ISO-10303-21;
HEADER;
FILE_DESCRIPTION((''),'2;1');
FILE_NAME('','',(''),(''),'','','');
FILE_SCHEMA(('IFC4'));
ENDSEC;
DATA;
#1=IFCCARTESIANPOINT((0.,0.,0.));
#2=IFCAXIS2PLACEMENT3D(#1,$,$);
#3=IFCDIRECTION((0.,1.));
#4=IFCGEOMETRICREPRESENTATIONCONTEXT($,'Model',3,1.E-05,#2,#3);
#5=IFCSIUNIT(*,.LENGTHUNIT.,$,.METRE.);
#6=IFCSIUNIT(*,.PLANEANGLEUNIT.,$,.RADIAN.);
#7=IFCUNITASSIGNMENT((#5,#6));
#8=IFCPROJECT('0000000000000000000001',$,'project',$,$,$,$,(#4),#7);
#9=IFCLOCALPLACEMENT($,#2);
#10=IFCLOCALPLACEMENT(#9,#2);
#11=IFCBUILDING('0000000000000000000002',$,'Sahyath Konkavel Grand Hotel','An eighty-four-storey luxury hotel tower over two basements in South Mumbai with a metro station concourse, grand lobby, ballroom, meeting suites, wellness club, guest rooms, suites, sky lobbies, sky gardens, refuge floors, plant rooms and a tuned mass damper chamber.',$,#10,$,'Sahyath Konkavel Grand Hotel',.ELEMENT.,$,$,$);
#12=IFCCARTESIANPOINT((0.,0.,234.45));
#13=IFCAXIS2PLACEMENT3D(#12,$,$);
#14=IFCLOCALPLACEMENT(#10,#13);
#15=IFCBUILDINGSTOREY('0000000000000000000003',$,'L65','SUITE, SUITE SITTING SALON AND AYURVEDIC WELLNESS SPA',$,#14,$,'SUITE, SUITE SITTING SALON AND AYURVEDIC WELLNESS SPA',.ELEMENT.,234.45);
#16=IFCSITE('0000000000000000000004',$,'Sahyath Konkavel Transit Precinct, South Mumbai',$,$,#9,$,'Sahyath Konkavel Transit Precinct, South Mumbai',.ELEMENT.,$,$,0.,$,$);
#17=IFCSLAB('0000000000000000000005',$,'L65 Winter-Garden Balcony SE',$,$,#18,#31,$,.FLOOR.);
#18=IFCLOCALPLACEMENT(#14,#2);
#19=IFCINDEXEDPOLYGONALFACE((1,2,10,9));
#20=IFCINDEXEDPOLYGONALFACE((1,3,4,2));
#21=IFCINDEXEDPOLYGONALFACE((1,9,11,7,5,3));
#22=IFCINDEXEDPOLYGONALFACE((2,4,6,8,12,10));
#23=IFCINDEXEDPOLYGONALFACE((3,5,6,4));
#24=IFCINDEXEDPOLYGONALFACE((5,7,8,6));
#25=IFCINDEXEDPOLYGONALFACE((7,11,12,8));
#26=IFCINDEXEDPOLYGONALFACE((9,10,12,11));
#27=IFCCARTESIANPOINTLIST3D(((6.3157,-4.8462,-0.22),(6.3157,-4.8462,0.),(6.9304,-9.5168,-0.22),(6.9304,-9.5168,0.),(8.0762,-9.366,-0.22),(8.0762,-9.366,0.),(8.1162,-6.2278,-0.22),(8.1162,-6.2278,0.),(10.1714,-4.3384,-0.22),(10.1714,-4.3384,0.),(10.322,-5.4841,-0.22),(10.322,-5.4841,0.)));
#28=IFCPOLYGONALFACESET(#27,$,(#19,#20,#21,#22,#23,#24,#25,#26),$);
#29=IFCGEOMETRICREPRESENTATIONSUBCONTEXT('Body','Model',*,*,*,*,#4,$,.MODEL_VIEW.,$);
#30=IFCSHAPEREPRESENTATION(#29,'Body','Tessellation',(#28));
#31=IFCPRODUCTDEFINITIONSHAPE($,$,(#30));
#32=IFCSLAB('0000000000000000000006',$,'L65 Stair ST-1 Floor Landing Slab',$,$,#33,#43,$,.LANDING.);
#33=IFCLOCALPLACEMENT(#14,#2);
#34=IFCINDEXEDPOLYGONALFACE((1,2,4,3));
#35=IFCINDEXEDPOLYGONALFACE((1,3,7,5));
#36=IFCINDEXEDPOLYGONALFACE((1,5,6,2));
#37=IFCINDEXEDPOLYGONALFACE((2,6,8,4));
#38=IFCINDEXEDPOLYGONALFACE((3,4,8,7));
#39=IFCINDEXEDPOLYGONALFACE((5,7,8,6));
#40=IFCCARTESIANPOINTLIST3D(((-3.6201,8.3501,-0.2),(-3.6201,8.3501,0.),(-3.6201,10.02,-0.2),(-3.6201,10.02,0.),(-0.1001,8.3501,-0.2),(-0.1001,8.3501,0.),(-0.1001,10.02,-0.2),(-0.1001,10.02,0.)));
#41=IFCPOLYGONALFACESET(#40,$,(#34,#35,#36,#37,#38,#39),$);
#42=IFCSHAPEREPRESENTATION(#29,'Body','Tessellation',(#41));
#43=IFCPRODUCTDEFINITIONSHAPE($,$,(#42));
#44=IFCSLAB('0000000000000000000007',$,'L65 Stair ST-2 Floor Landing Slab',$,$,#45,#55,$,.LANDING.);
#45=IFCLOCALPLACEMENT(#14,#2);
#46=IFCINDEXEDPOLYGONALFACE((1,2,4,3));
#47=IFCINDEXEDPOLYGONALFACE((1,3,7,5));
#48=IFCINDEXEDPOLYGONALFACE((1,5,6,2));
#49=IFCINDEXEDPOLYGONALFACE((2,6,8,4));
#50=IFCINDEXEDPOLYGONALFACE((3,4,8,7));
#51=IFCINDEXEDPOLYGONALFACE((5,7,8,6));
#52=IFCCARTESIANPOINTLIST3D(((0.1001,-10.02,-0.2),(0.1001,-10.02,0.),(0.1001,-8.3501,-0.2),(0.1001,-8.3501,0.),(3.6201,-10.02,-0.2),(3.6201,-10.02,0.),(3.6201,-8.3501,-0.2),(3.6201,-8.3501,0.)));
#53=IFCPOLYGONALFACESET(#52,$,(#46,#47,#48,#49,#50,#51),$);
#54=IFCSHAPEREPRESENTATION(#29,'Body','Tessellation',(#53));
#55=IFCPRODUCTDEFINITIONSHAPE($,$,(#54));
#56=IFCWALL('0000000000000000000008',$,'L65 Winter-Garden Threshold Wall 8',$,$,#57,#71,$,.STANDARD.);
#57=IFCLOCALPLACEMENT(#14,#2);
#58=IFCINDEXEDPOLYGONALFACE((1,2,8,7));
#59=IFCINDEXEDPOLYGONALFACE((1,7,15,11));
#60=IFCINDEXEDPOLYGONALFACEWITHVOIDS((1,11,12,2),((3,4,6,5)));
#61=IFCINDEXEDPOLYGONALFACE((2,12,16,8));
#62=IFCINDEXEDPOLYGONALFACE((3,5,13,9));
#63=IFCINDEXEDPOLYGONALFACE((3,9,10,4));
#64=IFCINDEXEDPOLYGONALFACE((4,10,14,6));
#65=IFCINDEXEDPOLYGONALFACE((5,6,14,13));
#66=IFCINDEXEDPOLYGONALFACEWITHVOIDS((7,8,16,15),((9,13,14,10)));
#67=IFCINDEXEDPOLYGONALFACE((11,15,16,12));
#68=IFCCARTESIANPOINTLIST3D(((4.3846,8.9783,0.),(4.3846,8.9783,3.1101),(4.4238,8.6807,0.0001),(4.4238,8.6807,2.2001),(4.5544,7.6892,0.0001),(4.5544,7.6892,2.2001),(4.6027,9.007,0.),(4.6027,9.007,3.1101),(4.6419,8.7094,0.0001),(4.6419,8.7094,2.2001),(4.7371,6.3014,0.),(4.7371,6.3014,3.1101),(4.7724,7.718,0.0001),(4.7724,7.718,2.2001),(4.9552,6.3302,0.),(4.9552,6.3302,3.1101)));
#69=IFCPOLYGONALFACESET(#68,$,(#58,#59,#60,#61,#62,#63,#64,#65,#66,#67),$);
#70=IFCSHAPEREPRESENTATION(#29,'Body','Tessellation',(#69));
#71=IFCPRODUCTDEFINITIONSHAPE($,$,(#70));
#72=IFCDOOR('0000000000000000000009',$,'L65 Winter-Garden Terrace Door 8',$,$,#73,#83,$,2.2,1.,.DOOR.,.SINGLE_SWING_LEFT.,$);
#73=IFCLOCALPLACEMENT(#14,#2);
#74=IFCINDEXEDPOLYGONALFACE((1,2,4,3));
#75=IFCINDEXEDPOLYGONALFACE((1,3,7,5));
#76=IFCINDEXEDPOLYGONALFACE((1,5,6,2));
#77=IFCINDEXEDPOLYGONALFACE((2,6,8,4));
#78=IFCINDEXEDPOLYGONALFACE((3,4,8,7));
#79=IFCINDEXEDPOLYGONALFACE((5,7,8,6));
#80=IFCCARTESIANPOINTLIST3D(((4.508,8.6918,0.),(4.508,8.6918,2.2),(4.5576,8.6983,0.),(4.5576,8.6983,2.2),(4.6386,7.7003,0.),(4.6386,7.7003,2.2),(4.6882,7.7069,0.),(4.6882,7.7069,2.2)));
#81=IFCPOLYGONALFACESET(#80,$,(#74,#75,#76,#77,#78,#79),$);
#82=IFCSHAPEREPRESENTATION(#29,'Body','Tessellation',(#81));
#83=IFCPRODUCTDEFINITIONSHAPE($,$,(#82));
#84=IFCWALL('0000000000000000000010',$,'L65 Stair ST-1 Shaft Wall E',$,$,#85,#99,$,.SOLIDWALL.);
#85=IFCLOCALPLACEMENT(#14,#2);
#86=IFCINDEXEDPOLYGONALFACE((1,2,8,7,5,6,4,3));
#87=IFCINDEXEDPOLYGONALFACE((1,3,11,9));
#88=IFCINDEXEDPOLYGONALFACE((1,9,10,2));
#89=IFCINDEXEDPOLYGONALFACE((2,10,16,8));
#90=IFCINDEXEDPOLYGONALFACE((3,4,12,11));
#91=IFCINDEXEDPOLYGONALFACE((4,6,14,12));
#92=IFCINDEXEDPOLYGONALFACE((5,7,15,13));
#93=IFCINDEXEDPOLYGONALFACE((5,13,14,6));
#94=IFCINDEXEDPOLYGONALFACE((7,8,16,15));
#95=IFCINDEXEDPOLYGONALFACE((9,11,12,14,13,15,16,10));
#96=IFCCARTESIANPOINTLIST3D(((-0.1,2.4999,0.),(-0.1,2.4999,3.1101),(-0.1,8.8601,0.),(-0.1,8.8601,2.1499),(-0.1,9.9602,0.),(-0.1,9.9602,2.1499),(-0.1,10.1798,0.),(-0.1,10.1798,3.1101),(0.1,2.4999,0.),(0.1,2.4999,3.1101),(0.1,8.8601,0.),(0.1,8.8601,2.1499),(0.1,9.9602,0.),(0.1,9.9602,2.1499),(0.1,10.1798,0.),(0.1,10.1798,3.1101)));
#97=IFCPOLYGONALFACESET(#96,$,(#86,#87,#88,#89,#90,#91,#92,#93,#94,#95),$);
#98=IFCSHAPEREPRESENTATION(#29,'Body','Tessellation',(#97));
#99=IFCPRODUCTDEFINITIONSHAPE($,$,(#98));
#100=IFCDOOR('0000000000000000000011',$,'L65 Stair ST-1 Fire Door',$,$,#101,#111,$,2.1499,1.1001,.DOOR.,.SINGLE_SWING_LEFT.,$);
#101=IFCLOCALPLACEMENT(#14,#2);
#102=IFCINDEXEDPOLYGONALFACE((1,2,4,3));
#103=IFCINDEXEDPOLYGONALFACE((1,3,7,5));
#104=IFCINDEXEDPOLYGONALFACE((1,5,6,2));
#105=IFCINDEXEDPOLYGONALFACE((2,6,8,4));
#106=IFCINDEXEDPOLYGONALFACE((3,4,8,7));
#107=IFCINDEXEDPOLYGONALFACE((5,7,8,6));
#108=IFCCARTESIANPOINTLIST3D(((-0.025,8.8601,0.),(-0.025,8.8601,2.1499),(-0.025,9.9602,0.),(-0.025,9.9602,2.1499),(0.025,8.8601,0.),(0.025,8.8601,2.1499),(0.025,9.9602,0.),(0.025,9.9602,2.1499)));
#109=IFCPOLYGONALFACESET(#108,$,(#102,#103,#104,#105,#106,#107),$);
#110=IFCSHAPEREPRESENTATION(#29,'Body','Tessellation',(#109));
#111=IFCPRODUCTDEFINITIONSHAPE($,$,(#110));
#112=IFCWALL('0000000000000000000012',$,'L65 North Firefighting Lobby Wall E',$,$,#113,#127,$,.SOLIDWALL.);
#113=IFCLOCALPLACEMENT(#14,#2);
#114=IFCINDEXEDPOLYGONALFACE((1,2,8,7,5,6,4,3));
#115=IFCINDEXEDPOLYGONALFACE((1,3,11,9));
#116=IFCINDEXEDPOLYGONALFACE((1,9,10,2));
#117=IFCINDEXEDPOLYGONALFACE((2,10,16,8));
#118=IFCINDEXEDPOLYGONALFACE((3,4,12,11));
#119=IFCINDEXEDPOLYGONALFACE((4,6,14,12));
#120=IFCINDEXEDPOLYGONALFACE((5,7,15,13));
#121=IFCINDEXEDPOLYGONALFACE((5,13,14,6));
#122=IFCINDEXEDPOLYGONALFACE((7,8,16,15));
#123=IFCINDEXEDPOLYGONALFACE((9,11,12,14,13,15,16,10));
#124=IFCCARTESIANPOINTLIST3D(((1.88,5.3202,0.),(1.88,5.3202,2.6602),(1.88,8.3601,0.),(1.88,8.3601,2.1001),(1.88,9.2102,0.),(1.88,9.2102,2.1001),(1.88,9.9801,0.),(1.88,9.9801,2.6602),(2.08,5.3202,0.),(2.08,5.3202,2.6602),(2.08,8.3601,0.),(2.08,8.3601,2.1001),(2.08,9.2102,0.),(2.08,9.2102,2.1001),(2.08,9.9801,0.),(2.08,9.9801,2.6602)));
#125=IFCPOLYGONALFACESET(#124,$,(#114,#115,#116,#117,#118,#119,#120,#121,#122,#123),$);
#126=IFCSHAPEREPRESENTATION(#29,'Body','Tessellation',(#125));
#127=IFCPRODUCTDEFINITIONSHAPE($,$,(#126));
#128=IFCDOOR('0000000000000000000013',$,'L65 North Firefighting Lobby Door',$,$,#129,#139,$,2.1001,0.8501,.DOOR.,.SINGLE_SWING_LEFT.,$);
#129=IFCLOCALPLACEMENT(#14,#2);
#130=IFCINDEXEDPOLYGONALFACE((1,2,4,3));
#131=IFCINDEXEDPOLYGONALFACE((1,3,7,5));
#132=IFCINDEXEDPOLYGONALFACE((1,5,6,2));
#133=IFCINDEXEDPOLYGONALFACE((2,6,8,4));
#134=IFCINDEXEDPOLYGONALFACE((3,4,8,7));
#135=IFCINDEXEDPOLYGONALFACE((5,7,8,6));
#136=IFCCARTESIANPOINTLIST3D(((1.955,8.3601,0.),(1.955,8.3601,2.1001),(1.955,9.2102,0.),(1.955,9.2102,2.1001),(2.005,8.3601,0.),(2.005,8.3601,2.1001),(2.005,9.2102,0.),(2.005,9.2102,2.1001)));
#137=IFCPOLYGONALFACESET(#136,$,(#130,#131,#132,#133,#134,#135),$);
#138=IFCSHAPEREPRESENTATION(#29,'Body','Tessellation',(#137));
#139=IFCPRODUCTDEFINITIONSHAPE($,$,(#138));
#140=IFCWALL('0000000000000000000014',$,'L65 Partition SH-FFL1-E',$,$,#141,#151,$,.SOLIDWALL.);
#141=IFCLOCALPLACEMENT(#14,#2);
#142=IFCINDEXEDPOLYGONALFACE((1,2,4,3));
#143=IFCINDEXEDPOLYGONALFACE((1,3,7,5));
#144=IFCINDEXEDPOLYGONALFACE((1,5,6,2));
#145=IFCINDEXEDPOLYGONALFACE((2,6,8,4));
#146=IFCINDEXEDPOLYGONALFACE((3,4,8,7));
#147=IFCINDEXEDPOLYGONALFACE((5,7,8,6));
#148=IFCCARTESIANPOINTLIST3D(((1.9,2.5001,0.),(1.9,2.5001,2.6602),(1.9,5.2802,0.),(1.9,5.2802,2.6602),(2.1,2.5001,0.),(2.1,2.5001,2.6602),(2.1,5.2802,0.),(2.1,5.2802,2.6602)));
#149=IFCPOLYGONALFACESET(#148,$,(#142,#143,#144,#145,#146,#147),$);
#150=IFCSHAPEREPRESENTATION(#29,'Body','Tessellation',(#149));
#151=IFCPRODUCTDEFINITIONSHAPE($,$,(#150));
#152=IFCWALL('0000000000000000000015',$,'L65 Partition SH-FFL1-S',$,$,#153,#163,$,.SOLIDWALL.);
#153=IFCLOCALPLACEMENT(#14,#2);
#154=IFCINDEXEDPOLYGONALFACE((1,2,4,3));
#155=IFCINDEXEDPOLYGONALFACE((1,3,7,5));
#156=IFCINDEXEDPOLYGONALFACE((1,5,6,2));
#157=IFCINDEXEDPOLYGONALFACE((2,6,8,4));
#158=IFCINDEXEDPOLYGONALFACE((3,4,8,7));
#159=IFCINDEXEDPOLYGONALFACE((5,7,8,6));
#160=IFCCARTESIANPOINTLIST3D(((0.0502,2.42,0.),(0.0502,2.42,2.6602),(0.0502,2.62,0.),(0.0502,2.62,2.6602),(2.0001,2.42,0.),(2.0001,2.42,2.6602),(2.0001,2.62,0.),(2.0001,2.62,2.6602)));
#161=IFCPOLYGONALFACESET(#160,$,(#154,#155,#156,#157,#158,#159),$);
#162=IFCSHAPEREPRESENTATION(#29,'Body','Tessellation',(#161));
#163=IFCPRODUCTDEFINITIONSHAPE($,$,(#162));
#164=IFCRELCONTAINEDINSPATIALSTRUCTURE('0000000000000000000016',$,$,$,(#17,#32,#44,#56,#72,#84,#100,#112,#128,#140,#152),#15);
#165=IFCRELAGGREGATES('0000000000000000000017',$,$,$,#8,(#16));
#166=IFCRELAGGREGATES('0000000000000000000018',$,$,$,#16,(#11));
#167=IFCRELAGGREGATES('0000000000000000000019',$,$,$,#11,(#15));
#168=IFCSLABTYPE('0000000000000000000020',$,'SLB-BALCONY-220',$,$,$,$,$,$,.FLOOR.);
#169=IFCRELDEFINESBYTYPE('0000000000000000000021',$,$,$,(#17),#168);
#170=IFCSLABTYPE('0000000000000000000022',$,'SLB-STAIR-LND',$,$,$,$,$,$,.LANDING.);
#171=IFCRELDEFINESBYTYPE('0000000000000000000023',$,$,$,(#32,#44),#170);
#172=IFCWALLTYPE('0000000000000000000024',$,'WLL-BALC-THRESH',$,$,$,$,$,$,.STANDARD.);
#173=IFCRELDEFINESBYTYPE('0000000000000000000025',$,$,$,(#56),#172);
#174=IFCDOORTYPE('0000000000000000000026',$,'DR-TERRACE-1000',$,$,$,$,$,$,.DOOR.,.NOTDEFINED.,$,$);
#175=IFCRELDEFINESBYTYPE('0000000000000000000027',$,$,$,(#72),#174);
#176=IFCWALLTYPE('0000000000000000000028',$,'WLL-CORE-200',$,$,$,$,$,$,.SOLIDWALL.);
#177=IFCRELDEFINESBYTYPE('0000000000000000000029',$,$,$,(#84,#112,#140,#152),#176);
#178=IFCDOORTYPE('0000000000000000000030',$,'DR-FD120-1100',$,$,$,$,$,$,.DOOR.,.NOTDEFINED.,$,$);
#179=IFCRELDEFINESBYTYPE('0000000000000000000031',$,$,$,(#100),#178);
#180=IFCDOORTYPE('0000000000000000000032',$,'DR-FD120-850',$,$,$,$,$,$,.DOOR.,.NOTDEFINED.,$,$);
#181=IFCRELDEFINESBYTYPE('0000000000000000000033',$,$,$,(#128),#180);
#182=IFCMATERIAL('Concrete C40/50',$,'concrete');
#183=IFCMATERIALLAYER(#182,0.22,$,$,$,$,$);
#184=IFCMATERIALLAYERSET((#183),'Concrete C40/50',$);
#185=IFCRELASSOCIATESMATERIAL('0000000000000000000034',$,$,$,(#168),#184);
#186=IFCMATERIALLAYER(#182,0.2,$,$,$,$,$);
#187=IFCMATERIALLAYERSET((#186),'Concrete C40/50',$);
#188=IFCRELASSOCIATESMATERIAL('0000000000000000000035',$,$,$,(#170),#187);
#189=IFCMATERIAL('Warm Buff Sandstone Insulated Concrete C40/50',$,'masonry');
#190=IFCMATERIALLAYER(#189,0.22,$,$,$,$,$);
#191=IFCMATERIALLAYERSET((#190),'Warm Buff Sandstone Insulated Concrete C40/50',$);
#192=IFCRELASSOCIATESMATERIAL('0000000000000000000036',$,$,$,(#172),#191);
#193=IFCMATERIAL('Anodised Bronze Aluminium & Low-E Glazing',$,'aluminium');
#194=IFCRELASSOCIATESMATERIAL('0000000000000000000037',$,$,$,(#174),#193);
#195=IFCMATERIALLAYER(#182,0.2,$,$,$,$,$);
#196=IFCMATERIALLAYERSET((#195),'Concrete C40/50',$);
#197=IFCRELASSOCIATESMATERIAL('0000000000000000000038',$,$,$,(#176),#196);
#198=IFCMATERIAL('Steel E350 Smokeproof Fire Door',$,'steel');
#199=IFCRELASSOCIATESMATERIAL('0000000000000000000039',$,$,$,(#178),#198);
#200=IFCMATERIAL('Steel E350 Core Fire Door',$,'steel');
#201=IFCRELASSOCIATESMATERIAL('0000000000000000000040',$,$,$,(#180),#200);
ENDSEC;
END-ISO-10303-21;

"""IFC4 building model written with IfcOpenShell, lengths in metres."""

from ifc_helpers import new_model, si_unit, direction, frame, frame_2d, origin, origin_2d, place, context, subcontext, project, spatial, polyline, rectangle, outline, extrude, source, transform, mapped, material, layer, layer_set, type_object, element, fill, save


model = new_model("IFC4")

# Units and contexts
model_context = context("Model", 3, precision=1e-05, world=origin(), true_north=direction((0.0, 1.0)))
body_context = subcontext(model_context, "Body", "Model", "MODEL_VIEW")
ifc_project = project(units=[si_unit("LENGTHUNIT", "METRE"), si_unit("PLANEANGLEUNIT", "RADIAN")], contexts=[model_context])

# Site, building, storey
site_placement = place(None, origin())
site = spatial("IfcSite", under=ifc_project, at=site_placement, Name="Sahyath Konkavel Transit Precinct, South Mumbai", LongName="Sahyath Konkavel Transit Precinct, South Mumbai", CompositionType="ELEMENT", RefElevation=0.0)
building_placement = place(site_placement, origin())
building = spatial("IfcBuilding", under=site, at=building_placement, Name="Sahyath Konkavel Grand Hotel", Description="An eighty-four-storey luxury hotel tower over two basements in South Mumbai with a metro station concourse, grand lobby, ballroom, meeting suites, wellness club, guest rooms, suites, sky lobbies, sky gardens, refuge floors, plant rooms and a tuned mass damper chamber.", LongName="Sahyath Konkavel Grand Hotel", CompositionType="ELEMENT")
storey_placement = place(building_placement, frame((0.0, 0.0, 234.45)))
storey = spatial("IfcBuildingStorey", under=building, at=storey_placement, Name="L65", Description="SUITE, SUITE SITTING SALON AND AYURVEDIC WELLNESS SPA", LongName="SUITE, SUITE SITTING SALON AND AYURVEDIC WELLNESS SPA", CompositionType="ELEMENT", Elevation=234.45)

# Shared definitions
ifc_material_1 = material(Name="Anodised Bronze Aluminium & Low-E Glazing", Category="aluminium")

# Slabs
ifc_material_2 = material(Name="Concrete C40/50", Category="concrete")
ifc_layer_1 = layer(ifc_material_2, 0.22)
ifc_layer_set_1 = layer_set([ifc_layer_1], Name="Concrete C40/50")
slab_type_1 = type_object("IfcSlabType", Name="SLB-BALCONY-220", PredefinedType="FLOOR", material=ifc_layer_set_1)
slab_1_placement = place(storey_placement, frame((0.0, 0.0, -0.22)))
element("IfcSlab", 1, at=slab_1_placement, inside=storey, type_object=slab_type_1, Name="L65 Winter-Garden Balcony SE", PredefinedType="FLOOR", context=body_context, shape_type="SweptSolid", body=[
    extrude(outline(polyline([(6.3157, -4.8462), (6.9304, -9.5168), (8.0762, -9.366), (8.1162, -6.2278), (10.322, -5.4841), (10.1714, -4.3384), (6.3157, -4.8462)])), origin(), (0.0, 0.0, 1.0), 0.22),
])
ifc_layer_2 = layer(ifc_material_2, 0.2)
ifc_layer_set_2 = layer_set([ifc_layer_2], Name="Concrete C40/50")
slab_type_2 = type_object("IfcSlabType", Name="SLB-STAIR-LND", PredefinedType="LANDING", material=ifc_layer_set_2)
slab_2_placement = place(storey_placement, frame((0.0, 0.0, -0.2)))
element("IfcSlab", 2, at=slab_2_placement, inside=storey, type_object=slab_type_2, Name="L65 Stair ST-1 Floor Landing Slab", PredefinedType="LANDING", context=body_context, shape_type="SweptSolid", body=[
    extrude(outline(polyline([(-3.6201, 8.3501), (-0.1001, 8.3501), (-0.1001, 10.02), (-3.6201, 10.02), (-3.6201, 8.3501)])), origin(), (0.0, 0.0, 1.0), 0.2),
])
slab_3_placement = place(storey_placement, frame((0.0, 0.0, -0.2)))
element("IfcSlab", 3, at=slab_3_placement, inside=storey, type_object=slab_type_2, Name="L65 Stair ST-2 Floor Landing Slab", PredefinedType="LANDING", context=body_context, shape_type="SweptSolid", body=[
    extrude(outline(polyline([(0.1001, -10.02), (3.6201, -10.02), (3.6201, -8.3501), (0.1001, -8.3501), (0.1001, -10.02)])), origin(), (0.0, 0.0, 1.0), 0.2),
])

# Walls, openings, doors
ifc_material_3 = material(Name="Warm Buff Sandstone Insulated Concrete C40/50", Category="masonry")
ifc_layer_3 = layer(ifc_material_3, 0.22)
ifc_layer_set_3 = layer_set([ifc_layer_3], Name="Warm Buff Sandstone Insulated Concrete C40/50")
wall_type_1 = type_object("IfcWallType", Name="WLL-BALC-THRESH", PredefinedType="STANDARD", material=ifc_layer_set_3)
wall_1_placement = place(storey_placement, frame((4.8462, 6.3157, 0.0), z_axis=(0.0, 0.0, 1.0), x_axis=(-0.130576, 0.991438, 0.0)))
wall_1 = element("IfcWall", 4, at=wall_1_placement, inside=storey, type_object=wall_type_1, Name="L65 Winter-Garden Threshold Wall 8", PredefinedType="STANDARD", context=body_context, shape_type="SweptSolid", body=[
    extrude(rectangle(XDim=2.7, YDim=0.22, at=frame_2d((1.3501, 0.0))), origin(), (0.0, 0.0, 1.0), 3.1101),
])
opening_1_placement = place(wall_1_placement, frame((1.3999, 0.0, 0.0)))
opening_1 = element("IfcOpeningElement", 5, at=opening_1_placement, cuts=wall_1, PredefinedType="OPENING", context=body_context, shape_type="SweptSolid", body=[
    extrude(rectangle(XDim=1.0, YDim=2.2, at=frame_2d((0.5, 1.1001))), frame((0.0, 0.1201, 0.0), z_axis=(0.0, -1.0, 0.0), x_axis=(1.0, 0.0, 0.0)), (0.0, 0.0, 1.0), 0.24),
])
door_type_1 = type_object("IfcDoorType", Name="DR-TERRACE-1000", OperationType="NOTDEFINED", PredefinedType="DOOR", material=ifc_material_1)
shared_shape_1 = source(origin(), body_context, "Body", "SweptSolid", [
    extrude(rectangle(XDim=1.0, YDim=0.05, at=origin_2d()), origin(), (0.0, 0.0, 1.0), 2.2),
])
door_1_placement = place(opening_1_placement, frame((0.5, 0.0, 0.0)))
door_1 = element("IfcDoor", 6, at=door_1_placement, inside=storey, type_object=door_type_1, Name="L65 Winter-Garden Terrace Door 8", OperationType="SINGLE_SWING_LEFT", OverallHeight=2.2, OverallWidth=1.0, PredefinedType="DOOR", context=body_context, shape_type="MappedRepresentation", body=[
    mapped(shared_shape_1, transform((0.0, 0.0, 0.0), scale=1.0)),
])
fill(opening_1, door_1)
ifc_layer_4 = layer(ifc_material_2, 0.2)
ifc_layer_set_4 = layer_set([ifc_layer_4], Name="Concrete C40/50")
wall_type_2 = type_object("IfcWallType", Name="WLL-CORE-200", PredefinedType="SOLIDWALL", material=ifc_layer_set_4)
wall_2_placement = place(storey_placement, frame((0.0, 2.5, 0.0), z_axis=(0.0, 0.0, 1.0), x_axis=(0.0, 1.0, 0.0)))
wall_2 = element("IfcWall", 7, at=wall_2_placement, inside=storey, type_object=wall_type_2, Name="L65 Stair ST-1 Shaft Wall E", PredefinedType="SOLIDWALL", context=body_context, shape_type="SweptSolid", body=[
    extrude(rectangle(XDim=7.6799, YDim=0.2, at=frame_2d((3.8398, 0.0))), origin(), (0.0, 0.0, 1.0), 3.1101),
])
opening_2_placement = place(wall_2_placement, frame((6.3601, 0.0, 0.0)))
opening_2 = element("IfcOpeningElement", 8, at=opening_2_placement, cuts=wall_2, PredefinedType="OPENING", context=body_context, shape_type="SweptSolid", body=[
    extrude(rectangle(XDim=1.1001, YDim=2.1499, at=frame_2d((0.55, 1.075))), frame((0.0, 0.1099, 0.0), z_axis=(0.0, -1.0, 0.0), x_axis=(1.0, 0.0, 0.0)), (0.0, 0.0, 1.0), 0.22),
])
ifc_material_4 = material(Name="Steel E350 Smokeproof Fire Door", Category="steel")
door_type_2 = type_object("IfcDoorType", Name="DR-FD120-1100", OperationType="NOTDEFINED", PredefinedType="DOOR", material=ifc_material_4)
shared_shape_2 = source(origin(), body_context, "Body", "SweptSolid", [
    extrude(rectangle(XDim=1.1001, YDim=0.05, at=origin_2d()), origin(), (0.0, 0.0, 1.0), 2.1499),
])
door_2_placement = place(opening_2_placement, frame((0.55, 0.0, 0.0)))
door_2 = element("IfcDoor", 9, at=door_2_placement, inside=storey, type_object=door_type_2, Name="L65 Stair ST-1 Fire Door", OperationType="SINGLE_SWING_LEFT", OverallHeight=2.1499, OverallWidth=1.1001, PredefinedType="DOOR", context=body_context, shape_type="MappedRepresentation", body=[
    mapped(shared_shape_2, transform((0.0, 0.0, 0.0), scale=1.0)),
])
fill(opening_2, door_2)
wall_3_placement = place(storey_placement, frame((1.98, 5.3201, 0.0), z_axis=(0.0, 0.0, 1.0), x_axis=(0.0, 1.0, 0.0)))
wall_3 = element("IfcWall", 10, at=wall_3_placement, inside=storey, type_object=wall_type_2, Name="L65 North Firefighting Lobby Wall E", PredefinedType="SOLIDWALL", context=body_context, shape_type="SweptSolid", body=[
    extrude(rectangle(XDim=4.6599, YDim=0.2, at=frame_2d((2.3301, 0.0))), origin(), (0.0, 0.0, 1.0), 2.6602),
])
opening_3_placement = place(wall_3_placement, frame((3.04, 0.0, 0.0)))
opening_3 = element("IfcOpeningElement", 11, at=opening_3_placement, cuts=wall_3, PredefinedType="OPENING", context=body_context, shape_type="SweptSolid", body=[
    extrude(rectangle(XDim=0.8501, YDim=2.1001, at=frame_2d((0.425, 1.05))), frame((0.0, 0.1099, 0.0), z_axis=(0.0, -1.0, 0.0), x_axis=(1.0, 0.0, 0.0)), (0.0, 0.0, 1.0), 0.22),
])
ifc_material_5 = material(Name="Steel E350 Core Fire Door", Category="steel")
door_type_3 = type_object("IfcDoorType", Name="DR-FD120-850", OperationType="NOTDEFINED", PredefinedType="DOOR", material=ifc_material_5)
shared_shape_3 = source(origin(), body_context, "Body", "SweptSolid", [
    extrude(rectangle(XDim=0.8501, YDim=0.05, at=origin_2d()), origin(), (0.0, 0.0, 1.0), 2.1001),
])
door_3_placement = place(opening_3_placement, frame((0.425, 0.0, 0.0)))
door_3 = element("IfcDoor", 12, at=door_3_placement, inside=storey, type_object=door_type_3, Name="L65 North Firefighting Lobby Door", OperationType="SINGLE_SWING_LEFT", OverallHeight=2.1001, OverallWidth=0.8501, PredefinedType="DOOR", context=body_context, shape_type="MappedRepresentation", body=[
    mapped(shared_shape_3, transform((0.0, 0.0, 0.0), scale=1.0)),
])
fill(opening_3, door_3)

# Walls
wall_4_placement = place(storey_placement, frame((2.0, 2.5, 0.0), z_axis=(0.0, 0.0, 1.0), x_axis=(0.0, 1.0, 0.0)))
element("IfcWall", 13, at=wall_4_placement, inside=storey, type_object=wall_type_2, Name="L65 Partition SH-FFL1-E", PredefinedType="SOLIDWALL", context=body_context, shape_type="SweptSolid", body=[
    extrude(rectangle(XDim=2.78, YDim=0.2, at=frame_2d((1.3901, 0.0))), origin(), (0.0, 0.0, 1.0), 2.6602),
])
wall_5_placement = place(storey_placement, frame((0.05, 2.52, 0.0), z_axis=(0.0, 0.0, 1.0), x_axis=(1.0, 0.0, 0.0)))
element("IfcWall", 14, at=wall_5_placement, inside=storey, type_object=wall_type_2, Name="L65 Partition SH-FFL1-S", PredefinedType="SOLIDWALL", context=body_context, shape_type="SweptSolid", body=[
    extrude(rectangle(XDim=1.95, YDim=0.2, at=frame_2d((0.9751, 0.0))), origin(), (0.0, 0.0, 1.0), 2.6602),
])

save(model, "model.ifc")
